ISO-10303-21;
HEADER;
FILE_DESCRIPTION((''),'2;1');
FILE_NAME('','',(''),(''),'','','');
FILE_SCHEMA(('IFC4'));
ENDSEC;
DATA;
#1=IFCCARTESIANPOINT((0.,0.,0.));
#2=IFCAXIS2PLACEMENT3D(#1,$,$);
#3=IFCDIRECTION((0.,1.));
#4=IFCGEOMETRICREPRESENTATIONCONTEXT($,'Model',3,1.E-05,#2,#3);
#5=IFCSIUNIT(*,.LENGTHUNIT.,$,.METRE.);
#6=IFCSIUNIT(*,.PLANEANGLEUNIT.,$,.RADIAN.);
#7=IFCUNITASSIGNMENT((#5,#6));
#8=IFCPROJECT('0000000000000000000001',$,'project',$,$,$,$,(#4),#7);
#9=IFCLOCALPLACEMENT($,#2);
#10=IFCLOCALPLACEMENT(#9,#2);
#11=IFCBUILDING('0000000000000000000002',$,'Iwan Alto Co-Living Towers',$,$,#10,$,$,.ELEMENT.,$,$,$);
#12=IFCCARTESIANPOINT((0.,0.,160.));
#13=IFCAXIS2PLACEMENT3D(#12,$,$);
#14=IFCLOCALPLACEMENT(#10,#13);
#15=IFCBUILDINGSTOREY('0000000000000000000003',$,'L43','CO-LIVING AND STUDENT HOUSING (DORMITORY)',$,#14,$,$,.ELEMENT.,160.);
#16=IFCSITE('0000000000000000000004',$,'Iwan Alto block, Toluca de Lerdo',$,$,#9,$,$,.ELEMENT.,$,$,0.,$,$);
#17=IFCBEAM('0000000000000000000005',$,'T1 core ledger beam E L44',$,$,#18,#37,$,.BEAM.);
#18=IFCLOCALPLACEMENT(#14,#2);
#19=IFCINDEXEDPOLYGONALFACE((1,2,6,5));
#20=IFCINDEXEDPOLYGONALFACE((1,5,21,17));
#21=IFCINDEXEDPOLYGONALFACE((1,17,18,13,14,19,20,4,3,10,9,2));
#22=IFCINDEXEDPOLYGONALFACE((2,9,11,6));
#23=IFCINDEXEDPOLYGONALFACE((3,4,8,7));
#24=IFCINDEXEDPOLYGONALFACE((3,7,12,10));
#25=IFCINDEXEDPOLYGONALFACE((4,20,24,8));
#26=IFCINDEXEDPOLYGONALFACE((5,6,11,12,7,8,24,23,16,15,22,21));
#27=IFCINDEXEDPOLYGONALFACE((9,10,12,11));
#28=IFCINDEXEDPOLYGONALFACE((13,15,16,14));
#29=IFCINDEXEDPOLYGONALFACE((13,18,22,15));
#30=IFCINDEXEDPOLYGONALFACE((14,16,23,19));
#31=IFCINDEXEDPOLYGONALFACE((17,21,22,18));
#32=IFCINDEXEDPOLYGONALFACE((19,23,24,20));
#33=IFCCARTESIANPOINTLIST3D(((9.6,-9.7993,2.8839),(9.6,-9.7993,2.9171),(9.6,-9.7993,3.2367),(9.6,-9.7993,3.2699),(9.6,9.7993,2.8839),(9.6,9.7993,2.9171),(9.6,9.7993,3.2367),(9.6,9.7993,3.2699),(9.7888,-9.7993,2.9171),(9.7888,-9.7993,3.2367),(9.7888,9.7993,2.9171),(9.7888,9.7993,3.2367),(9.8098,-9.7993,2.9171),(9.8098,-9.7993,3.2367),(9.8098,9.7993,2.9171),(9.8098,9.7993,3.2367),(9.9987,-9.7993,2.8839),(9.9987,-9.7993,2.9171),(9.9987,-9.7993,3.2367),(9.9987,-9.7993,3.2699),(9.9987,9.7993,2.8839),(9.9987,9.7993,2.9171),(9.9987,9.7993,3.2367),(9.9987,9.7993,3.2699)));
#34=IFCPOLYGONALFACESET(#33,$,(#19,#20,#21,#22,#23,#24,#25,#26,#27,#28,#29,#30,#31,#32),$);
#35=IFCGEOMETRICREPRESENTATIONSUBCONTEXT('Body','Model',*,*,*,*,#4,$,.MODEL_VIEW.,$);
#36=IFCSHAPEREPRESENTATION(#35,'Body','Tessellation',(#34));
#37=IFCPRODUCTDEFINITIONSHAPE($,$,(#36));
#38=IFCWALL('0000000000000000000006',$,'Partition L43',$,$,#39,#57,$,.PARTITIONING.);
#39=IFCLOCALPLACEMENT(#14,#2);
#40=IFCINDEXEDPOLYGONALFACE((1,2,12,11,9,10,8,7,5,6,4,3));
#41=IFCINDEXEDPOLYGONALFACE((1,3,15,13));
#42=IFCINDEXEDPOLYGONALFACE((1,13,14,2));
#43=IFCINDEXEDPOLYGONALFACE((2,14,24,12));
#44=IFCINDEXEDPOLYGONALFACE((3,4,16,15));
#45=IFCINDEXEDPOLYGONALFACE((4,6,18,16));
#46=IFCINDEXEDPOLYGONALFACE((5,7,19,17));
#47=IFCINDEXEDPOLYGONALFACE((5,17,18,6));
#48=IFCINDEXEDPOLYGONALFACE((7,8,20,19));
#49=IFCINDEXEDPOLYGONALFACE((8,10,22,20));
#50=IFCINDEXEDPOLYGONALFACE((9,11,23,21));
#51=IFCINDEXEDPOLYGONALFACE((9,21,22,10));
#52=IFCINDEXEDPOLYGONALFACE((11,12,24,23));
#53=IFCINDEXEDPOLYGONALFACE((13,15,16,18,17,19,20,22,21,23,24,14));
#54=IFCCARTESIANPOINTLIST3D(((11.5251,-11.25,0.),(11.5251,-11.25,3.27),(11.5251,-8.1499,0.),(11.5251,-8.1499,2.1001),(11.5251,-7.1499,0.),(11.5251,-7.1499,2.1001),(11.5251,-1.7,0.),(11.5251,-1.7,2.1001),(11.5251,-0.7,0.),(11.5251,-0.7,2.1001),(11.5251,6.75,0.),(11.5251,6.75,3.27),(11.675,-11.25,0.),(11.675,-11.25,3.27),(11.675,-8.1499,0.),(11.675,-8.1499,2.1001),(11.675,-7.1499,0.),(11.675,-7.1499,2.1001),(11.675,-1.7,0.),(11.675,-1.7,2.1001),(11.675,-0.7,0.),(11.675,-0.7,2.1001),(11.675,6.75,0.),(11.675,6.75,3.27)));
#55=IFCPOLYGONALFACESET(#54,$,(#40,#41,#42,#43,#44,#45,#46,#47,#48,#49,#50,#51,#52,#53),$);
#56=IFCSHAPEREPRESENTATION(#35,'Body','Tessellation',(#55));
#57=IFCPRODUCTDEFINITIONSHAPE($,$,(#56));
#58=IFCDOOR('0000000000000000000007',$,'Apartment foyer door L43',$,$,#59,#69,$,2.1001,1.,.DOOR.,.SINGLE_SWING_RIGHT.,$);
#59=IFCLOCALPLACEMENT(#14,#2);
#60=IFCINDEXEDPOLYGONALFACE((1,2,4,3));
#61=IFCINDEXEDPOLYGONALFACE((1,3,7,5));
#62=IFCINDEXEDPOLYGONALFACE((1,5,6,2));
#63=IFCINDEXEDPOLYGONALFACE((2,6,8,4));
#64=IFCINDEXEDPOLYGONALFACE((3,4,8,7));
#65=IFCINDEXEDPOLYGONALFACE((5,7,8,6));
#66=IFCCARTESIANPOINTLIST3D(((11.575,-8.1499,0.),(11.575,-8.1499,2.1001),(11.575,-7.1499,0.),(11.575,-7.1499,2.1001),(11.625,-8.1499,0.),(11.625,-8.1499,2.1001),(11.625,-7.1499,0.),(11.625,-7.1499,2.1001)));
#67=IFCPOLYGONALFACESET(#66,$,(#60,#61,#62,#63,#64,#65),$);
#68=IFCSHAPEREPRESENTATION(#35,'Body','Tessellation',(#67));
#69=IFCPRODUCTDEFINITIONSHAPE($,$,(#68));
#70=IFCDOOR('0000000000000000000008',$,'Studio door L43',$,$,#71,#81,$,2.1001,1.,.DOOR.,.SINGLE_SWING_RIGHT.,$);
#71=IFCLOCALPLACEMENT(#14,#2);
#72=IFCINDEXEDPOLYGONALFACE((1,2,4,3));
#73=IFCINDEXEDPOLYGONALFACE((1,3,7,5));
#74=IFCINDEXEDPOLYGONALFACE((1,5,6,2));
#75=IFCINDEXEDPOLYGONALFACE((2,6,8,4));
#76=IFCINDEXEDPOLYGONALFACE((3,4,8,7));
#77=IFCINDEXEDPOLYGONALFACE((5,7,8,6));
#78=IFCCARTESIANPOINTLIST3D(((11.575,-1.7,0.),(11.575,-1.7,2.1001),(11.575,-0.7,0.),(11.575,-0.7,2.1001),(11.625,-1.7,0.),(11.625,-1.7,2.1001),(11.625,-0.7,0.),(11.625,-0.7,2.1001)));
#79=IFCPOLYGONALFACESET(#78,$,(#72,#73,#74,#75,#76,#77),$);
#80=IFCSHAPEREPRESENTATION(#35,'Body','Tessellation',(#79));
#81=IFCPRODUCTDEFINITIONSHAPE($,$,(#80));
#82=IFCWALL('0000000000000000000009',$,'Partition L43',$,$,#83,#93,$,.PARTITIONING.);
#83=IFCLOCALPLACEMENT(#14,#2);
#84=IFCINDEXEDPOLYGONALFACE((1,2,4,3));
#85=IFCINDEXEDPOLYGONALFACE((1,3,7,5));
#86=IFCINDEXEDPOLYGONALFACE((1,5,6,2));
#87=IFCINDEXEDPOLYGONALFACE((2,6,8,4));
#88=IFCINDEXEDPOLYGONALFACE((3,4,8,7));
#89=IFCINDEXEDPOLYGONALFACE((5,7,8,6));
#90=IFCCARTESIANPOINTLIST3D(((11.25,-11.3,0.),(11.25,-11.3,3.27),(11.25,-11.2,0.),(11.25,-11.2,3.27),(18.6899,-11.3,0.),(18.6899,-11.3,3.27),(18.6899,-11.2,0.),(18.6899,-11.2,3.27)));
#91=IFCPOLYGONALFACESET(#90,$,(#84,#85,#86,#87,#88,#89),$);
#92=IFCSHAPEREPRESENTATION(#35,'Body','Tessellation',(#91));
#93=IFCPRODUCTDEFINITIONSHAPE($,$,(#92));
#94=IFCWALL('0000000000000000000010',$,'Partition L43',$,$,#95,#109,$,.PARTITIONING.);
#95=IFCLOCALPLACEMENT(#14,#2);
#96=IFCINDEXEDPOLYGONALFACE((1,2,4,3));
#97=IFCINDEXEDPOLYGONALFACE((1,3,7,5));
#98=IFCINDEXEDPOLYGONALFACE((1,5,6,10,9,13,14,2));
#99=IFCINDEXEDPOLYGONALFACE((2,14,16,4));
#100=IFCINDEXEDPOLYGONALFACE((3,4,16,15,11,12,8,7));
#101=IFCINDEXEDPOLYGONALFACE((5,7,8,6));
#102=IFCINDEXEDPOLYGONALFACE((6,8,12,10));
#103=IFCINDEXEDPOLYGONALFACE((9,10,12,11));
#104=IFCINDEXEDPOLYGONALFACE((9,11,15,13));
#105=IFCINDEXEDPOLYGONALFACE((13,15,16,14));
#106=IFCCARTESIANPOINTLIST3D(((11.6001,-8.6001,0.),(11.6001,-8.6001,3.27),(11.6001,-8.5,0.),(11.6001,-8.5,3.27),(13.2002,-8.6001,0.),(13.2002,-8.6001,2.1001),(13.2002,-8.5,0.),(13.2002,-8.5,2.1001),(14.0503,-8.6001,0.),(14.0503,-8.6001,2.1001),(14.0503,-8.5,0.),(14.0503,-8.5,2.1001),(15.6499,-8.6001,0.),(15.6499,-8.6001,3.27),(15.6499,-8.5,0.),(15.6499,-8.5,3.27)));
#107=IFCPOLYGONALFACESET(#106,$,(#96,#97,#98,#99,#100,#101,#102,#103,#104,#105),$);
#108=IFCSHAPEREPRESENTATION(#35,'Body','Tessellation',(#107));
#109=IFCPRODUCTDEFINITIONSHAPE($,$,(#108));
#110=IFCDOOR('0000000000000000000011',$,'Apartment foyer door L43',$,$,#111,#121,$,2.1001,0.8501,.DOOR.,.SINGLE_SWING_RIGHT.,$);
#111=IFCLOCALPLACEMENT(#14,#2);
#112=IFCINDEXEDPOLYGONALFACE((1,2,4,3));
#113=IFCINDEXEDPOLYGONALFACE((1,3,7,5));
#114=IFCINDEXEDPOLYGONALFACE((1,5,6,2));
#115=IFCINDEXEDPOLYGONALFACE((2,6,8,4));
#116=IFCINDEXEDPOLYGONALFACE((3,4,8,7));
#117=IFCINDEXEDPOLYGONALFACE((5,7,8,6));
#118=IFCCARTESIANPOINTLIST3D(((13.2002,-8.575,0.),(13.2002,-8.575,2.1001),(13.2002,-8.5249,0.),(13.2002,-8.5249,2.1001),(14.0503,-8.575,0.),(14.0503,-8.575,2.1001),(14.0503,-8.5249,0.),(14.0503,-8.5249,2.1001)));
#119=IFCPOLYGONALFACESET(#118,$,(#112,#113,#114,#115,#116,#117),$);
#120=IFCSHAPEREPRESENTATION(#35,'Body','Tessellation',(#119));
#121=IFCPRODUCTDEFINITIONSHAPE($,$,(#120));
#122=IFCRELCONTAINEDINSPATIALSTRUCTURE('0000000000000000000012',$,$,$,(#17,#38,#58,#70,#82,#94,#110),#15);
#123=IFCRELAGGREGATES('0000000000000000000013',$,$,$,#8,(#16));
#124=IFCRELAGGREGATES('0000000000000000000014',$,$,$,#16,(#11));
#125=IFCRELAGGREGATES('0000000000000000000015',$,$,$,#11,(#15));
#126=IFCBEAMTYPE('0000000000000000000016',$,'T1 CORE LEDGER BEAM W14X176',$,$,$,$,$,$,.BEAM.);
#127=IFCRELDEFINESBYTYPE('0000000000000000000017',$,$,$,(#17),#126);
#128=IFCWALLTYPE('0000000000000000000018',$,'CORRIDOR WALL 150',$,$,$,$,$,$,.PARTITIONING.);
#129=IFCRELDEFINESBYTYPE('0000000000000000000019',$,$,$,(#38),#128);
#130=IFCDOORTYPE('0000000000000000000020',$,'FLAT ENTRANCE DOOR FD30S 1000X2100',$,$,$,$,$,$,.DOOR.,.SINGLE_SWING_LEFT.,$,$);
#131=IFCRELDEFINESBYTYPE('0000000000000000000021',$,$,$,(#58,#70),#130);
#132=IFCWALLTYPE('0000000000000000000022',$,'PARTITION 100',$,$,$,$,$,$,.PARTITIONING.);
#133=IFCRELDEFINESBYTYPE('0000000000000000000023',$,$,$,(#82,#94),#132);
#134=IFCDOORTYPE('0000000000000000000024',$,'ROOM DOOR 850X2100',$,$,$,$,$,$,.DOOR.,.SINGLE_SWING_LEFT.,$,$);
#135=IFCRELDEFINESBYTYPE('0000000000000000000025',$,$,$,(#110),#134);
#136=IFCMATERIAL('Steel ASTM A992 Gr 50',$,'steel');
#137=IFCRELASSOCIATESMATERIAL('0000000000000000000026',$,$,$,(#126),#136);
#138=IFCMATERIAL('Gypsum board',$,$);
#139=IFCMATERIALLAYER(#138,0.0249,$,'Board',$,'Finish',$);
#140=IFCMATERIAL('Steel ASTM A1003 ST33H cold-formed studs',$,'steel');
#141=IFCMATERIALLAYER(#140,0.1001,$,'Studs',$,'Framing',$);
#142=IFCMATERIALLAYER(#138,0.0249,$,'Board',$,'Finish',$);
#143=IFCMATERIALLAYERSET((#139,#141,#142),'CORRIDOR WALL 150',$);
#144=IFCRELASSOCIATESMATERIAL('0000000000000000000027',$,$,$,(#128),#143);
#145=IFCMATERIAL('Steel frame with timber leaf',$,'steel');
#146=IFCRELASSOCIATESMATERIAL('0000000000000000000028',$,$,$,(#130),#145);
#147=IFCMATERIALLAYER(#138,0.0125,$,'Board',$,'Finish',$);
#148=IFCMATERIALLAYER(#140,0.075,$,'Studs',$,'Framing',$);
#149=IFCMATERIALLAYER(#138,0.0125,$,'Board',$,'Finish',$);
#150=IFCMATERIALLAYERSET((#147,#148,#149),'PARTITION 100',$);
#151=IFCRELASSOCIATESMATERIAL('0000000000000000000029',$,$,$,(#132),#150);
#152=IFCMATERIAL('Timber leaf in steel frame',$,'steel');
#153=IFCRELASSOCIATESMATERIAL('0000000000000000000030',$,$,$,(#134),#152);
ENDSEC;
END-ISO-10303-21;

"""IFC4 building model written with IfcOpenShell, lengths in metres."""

from ifc_helpers import new_model, si_unit, direction, frame, frame_2d, origin, origin_2d, place, context, subcontext, project, spatial, rectangle, i_section, extrude, material, layer, layer_set, material_profile, profile_set, type_object, element, fill, save


model = new_model("IFC4")

# Units and contexts
model_context = context("Model", 3, precision=1e-05, world=origin(), true_north=direction((0.0, 1.0)))
body_context = subcontext(model_context, "Body", "Model", "MODEL_VIEW")
ifc_project = project(units=[si_unit("LENGTHUNIT", "METRE"), si_unit("PLANEANGLEUNIT", "RADIAN")], contexts=[model_context])

# Site, building, storey
site_placement = place(None, origin())
site = spatial("IfcSite", under=ifc_project, at=site_placement, Name="Iwan Alto block, Toluca de Lerdo", CompositionType="ELEMENT", RefElevation=0.0)
building_placement = place(site_placement, origin())
building = spatial("IfcBuilding", under=site, at=building_placement, Name="Iwan Alto Co-Living Towers", CompositionType="ELEMENT")
storey_placement = place(building_placement, frame((0.0, 0.0, 160.0)))
storey = spatial("IfcBuildingStorey", under=building, at=storey_placement, Name="L43", Description="CO-LIVING AND STUDENT HOUSING (DORMITORY)", CompositionType="ELEMENT", Elevation=160.0)

# Beam
ifc_material_1 = material(Name="Steel ASTM A992 Gr 50", Category="steel")
ifc_material_profile = material_profile(ifc_material_1, i_section(OverallWidth=0.3987, OverallDepth=0.386, WebThickness=0.021, FlangeThickness=0.0332, at=origin_2d()), Name="W14X176")
ifc_profile_set = profile_set([ifc_material_profile], Name="Steel ASTM A992 Gr 50")
beam_type = type_object("IfcBeamType", Name="T1 CORE LEDGER BEAM W14X176", PredefinedType="BEAM", material=ifc_profile_set)
beam_placement = place(storey_placement, frame((9.7993, -9.7993, 3.0769), z_axis=(0.0, 1.0, 0.0), x_axis=(-1.0, 0.0, 0.0)))
element("IfcBeam", 1, at=beam_placement, inside=storey, type_object=beam_type, Name="T1 core ledger beam E L44", PredefinedType="BEAM", context=body_context, shape_type="SweptSolid", body=[
    extrude(i_section(OverallWidth=0.3987, OverallDepth=0.386, WebThickness=0.021, FlangeThickness=0.0332, at=origin_2d()), origin(), (0.0, 0.0, 1.0), 19.5986),
])

# Wall, openings, doors
ifc_material_2 = material(Name="Gypsum board")
ifc_layer_1 = layer(ifc_material_2, 0.0249, Name="Board", Category="Finish")
ifc_material_3 = material(Name="Steel ASTM A1003 ST33H cold-formed studs", Category="steel")
ifc_layer_2 = layer(ifc_material_3, 0.1001, Name="Studs", Category="Framing")
ifc_layer_3 = layer(ifc_material_2, 0.0249, Name="Board", Category="Finish")
ifc_layer_set_1 = layer_set([ifc_layer_1, ifc_layer_2, ifc_layer_3], Name="CORRIDOR WALL 150")
wall_type_1 = type_object("IfcWallType", Name="CORRIDOR WALL 150", PredefinedType="PARTITIONING", material=ifc_layer_set_1)
wall_1_placement = place(storey_placement, frame((11.6001, -11.25, 0.0), z_axis=(0.0, 0.0, 1.0), x_axis=(0.0, 1.0, 0.0)))
wall_1 = element("IfcWall", 2, at=wall_1_placement, inside=storey, type_object=wall_type_1, Name="Partition L43", PredefinedType="PARTITIONING", context=body_context, shape_type="SweptSolid", body=[
    extrude(rectangle(XDim=18.0, YDim=0.1499, at=frame_2d((9.0, 0.0))), origin(), (0.0, 0.0, 1.0), 3.27),
])
opening_1_placement = place(wall_1_placement, frame((3.1001, 0.0, 0.0)))
opening_1 = element("IfcOpeningElement", 3, at=opening_1_placement, cuts=wall_1, PredefinedType="OPENING", context=body_context, shape_type="SweptSolid", body=[
    extrude(rectangle(XDim=1.0, YDim=2.1001, at=frame_2d((0.5, 1.05))), frame((0.0, 0.085, 0.0), z_axis=(0.0, -1.0, 0.0), x_axis=(1.0, 0.0, 0.0)), (0.0, 0.0, 1.0), 0.1699),
])
opening_2_placement = place(wall_1_placement, frame((9.55, 0.0, 0.0)))
opening_2 = element("IfcOpeningElement", 4, at=opening_2_placement, cuts=wall_1, PredefinedType="OPENING", context=body_context, shape_type="SweptSolid", body=[
    extrude(rectangle(XDim=1.0, YDim=2.1001, at=frame_2d((0.5, 1.05))), frame((0.0, 0.085, 0.0), z_axis=(0.0, -1.0, 0.0), x_axis=(1.0, 0.0, 0.0)), (0.0, 0.0, 1.0), 0.1699),
])
ifc_material_4 = material(Name="Steel frame with timber leaf", Category="steel")
door_type_1 = type_object("IfcDoorType", Name="FLAT ENTRANCE DOOR FD30S 1000X2100", OperationType="SINGLE_SWING_LEFT", PredefinedType="DOOR", material=ifc_material_4)
door_1_placement = place(opening_1_placement, frame((1.0, 0.0, 0.0), z_axis=(0.0, 0.0, 1.0), x_axis=(-1.0, 0.0, 0.0)))
door_1 = element("IfcDoor", 5, at=door_1_placement, inside=storey, type_object=door_type_1, Name="Apartment foyer door L43", OperationType="SINGLE_SWING_RIGHT", OverallHeight=2.1001, OverallWidth=1.0, PredefinedType="DOOR", context=body_context, shape_type="SweptSolid", body=[
    extrude(rectangle(XDim=1.0, YDim=2.1001, at=frame_2d((0.5, 1.05))), frame((0.0, 0.0249, 0.0), z_axis=(0.0, -1.0, 0.0), x_axis=(1.0, 0.0, 0.0)), (0.0, 0.0, 1.0), 0.05),
])
fill(opening_1, door_1)
door_2_placement = place(opening_2_placement, frame((1.0, 0.0, 0.0), z_axis=(0.0, 0.0, 1.0), x_axis=(-1.0, 0.0, 0.0)))
door_2 = element("IfcDoor", 6, at=door_2_placement, inside=storey, type_object=door_type_1, Name="Studio door L43", OperationType="SINGLE_SWING_RIGHT", OverallHeight=2.1001, OverallWidth=1.0, PredefinedType="DOOR", context=body_context, shape_type="SweptSolid", body=[
    extrude(rectangle(XDim=1.0, YDim=2.1001, at=frame_2d((0.5, 1.05))), frame((0.0, 0.0249, 0.0), z_axis=(0.0, -1.0, 0.0), x_axis=(1.0, 0.0, 0.0)), (0.0, 0.0, 1.0), 0.05),
])
fill(opening_2, door_2)

# Wall
ifc_layer_4 = layer(ifc_material_2, 0.0125, Name="Board", Category="Finish")
ifc_layer_5 = layer(ifc_material_3, 0.075, Name="Studs", Category="Framing")
ifc_layer_6 = layer(ifc_material_2, 0.0125, Name="Board", Category="Finish")
ifc_layer_set_2 = layer_set([ifc_layer_4, ifc_layer_5, ifc_layer_6], Name="PARTITION 100")
wall_type_2 = type_object("IfcWallType", Name="PARTITION 100", PredefinedType="PARTITIONING", material=ifc_layer_set_2)
wall_2_placement = place(storey_placement, frame((11.25, -11.25, 0.0), z_axis=(0.0, 0.0, 1.0), x_axis=(1.0, 0.0, 0.0)))
element("IfcWall", 7, at=wall_2_placement, inside=storey, type_object=wall_type_2, Name="Partition L43", PredefinedType="PARTITIONING", context=body_context, shape_type="SweptSolid", body=[
    extrude(rectangle(XDim=7.4399, YDim=0.1001, at=frame_2d((3.72, 0.0))), origin(), (0.0, 0.0, 1.0), 3.27),
])

# Wall, opening, door
wall_3_placement = place(storey_placement, frame((11.6001, -8.55, 0.0), z_axis=(0.0, 0.0, 1.0), x_axis=(1.0, 0.0, 0.0)))
wall_3 = element("IfcWall", 8, at=wall_3_placement, inside=storey, type_object=wall_type_2, Name="Partition L43", PredefinedType="PARTITIONING", context=body_context, shape_type="SweptSolid", body=[
    extrude(rectangle(XDim=4.0498, YDim=0.1001, at=frame_2d((2.0249, 0.0))), origin(), (0.0, 0.0, 1.0), 3.27),
])
opening_3_placement = place(wall_3_placement, frame((1.6001, 0.0, 0.0)))
opening_3 = element("IfcOpeningElement", 9, at=opening_3_placement, cuts=wall_3, PredefinedType="OPENING", context=body_context, shape_type="SweptSolid", body=[
    extrude(rectangle(XDim=0.8501, YDim=2.1001, at=frame_2d((0.425, 1.05))), frame((0.0, 0.0601, 0.0), z_axis=(0.0, -1.0, 0.0), x_axis=(1.0, 0.0, 0.0)), (0.0, 0.0, 1.0), 0.1201),
])
ifc_material_5 = material(Name="Timber leaf in steel frame", Category="steel")
door_type_2 = type_object("IfcDoorType", Name="ROOM DOOR 850X2100", OperationType="SINGLE_SWING_LEFT", PredefinedType="DOOR", material=ifc_material_5)
door_3_placement = place(opening_3_placement, frame((0.8501, 0.0, 0.0), z_axis=(0.0, 0.0, 1.0), x_axis=(-1.0, 0.0, 0.0)))
door_3 = element("IfcDoor", 10, at=door_3_placement, inside=storey, type_object=door_type_2, Name="Apartment foyer door L43", OperationType="SINGLE_SWING_RIGHT", OverallHeight=2.1001, OverallWidth=0.8501, PredefinedType="DOOR", context=body_context, shape_type="SweptSolid", body=[
    extrude(rectangle(XDim=0.8501, YDim=2.1001, at=frame_2d((0.425, 1.05))), frame((0.0, 0.0249, 0.0), z_axis=(0.0, -1.0, 0.0), x_axis=(1.0, 0.0, 0.0)), (0.0, 0.0, 1.0), 0.05),
])
fill(opening_3, door_3)

save(model, "model.ifc")
